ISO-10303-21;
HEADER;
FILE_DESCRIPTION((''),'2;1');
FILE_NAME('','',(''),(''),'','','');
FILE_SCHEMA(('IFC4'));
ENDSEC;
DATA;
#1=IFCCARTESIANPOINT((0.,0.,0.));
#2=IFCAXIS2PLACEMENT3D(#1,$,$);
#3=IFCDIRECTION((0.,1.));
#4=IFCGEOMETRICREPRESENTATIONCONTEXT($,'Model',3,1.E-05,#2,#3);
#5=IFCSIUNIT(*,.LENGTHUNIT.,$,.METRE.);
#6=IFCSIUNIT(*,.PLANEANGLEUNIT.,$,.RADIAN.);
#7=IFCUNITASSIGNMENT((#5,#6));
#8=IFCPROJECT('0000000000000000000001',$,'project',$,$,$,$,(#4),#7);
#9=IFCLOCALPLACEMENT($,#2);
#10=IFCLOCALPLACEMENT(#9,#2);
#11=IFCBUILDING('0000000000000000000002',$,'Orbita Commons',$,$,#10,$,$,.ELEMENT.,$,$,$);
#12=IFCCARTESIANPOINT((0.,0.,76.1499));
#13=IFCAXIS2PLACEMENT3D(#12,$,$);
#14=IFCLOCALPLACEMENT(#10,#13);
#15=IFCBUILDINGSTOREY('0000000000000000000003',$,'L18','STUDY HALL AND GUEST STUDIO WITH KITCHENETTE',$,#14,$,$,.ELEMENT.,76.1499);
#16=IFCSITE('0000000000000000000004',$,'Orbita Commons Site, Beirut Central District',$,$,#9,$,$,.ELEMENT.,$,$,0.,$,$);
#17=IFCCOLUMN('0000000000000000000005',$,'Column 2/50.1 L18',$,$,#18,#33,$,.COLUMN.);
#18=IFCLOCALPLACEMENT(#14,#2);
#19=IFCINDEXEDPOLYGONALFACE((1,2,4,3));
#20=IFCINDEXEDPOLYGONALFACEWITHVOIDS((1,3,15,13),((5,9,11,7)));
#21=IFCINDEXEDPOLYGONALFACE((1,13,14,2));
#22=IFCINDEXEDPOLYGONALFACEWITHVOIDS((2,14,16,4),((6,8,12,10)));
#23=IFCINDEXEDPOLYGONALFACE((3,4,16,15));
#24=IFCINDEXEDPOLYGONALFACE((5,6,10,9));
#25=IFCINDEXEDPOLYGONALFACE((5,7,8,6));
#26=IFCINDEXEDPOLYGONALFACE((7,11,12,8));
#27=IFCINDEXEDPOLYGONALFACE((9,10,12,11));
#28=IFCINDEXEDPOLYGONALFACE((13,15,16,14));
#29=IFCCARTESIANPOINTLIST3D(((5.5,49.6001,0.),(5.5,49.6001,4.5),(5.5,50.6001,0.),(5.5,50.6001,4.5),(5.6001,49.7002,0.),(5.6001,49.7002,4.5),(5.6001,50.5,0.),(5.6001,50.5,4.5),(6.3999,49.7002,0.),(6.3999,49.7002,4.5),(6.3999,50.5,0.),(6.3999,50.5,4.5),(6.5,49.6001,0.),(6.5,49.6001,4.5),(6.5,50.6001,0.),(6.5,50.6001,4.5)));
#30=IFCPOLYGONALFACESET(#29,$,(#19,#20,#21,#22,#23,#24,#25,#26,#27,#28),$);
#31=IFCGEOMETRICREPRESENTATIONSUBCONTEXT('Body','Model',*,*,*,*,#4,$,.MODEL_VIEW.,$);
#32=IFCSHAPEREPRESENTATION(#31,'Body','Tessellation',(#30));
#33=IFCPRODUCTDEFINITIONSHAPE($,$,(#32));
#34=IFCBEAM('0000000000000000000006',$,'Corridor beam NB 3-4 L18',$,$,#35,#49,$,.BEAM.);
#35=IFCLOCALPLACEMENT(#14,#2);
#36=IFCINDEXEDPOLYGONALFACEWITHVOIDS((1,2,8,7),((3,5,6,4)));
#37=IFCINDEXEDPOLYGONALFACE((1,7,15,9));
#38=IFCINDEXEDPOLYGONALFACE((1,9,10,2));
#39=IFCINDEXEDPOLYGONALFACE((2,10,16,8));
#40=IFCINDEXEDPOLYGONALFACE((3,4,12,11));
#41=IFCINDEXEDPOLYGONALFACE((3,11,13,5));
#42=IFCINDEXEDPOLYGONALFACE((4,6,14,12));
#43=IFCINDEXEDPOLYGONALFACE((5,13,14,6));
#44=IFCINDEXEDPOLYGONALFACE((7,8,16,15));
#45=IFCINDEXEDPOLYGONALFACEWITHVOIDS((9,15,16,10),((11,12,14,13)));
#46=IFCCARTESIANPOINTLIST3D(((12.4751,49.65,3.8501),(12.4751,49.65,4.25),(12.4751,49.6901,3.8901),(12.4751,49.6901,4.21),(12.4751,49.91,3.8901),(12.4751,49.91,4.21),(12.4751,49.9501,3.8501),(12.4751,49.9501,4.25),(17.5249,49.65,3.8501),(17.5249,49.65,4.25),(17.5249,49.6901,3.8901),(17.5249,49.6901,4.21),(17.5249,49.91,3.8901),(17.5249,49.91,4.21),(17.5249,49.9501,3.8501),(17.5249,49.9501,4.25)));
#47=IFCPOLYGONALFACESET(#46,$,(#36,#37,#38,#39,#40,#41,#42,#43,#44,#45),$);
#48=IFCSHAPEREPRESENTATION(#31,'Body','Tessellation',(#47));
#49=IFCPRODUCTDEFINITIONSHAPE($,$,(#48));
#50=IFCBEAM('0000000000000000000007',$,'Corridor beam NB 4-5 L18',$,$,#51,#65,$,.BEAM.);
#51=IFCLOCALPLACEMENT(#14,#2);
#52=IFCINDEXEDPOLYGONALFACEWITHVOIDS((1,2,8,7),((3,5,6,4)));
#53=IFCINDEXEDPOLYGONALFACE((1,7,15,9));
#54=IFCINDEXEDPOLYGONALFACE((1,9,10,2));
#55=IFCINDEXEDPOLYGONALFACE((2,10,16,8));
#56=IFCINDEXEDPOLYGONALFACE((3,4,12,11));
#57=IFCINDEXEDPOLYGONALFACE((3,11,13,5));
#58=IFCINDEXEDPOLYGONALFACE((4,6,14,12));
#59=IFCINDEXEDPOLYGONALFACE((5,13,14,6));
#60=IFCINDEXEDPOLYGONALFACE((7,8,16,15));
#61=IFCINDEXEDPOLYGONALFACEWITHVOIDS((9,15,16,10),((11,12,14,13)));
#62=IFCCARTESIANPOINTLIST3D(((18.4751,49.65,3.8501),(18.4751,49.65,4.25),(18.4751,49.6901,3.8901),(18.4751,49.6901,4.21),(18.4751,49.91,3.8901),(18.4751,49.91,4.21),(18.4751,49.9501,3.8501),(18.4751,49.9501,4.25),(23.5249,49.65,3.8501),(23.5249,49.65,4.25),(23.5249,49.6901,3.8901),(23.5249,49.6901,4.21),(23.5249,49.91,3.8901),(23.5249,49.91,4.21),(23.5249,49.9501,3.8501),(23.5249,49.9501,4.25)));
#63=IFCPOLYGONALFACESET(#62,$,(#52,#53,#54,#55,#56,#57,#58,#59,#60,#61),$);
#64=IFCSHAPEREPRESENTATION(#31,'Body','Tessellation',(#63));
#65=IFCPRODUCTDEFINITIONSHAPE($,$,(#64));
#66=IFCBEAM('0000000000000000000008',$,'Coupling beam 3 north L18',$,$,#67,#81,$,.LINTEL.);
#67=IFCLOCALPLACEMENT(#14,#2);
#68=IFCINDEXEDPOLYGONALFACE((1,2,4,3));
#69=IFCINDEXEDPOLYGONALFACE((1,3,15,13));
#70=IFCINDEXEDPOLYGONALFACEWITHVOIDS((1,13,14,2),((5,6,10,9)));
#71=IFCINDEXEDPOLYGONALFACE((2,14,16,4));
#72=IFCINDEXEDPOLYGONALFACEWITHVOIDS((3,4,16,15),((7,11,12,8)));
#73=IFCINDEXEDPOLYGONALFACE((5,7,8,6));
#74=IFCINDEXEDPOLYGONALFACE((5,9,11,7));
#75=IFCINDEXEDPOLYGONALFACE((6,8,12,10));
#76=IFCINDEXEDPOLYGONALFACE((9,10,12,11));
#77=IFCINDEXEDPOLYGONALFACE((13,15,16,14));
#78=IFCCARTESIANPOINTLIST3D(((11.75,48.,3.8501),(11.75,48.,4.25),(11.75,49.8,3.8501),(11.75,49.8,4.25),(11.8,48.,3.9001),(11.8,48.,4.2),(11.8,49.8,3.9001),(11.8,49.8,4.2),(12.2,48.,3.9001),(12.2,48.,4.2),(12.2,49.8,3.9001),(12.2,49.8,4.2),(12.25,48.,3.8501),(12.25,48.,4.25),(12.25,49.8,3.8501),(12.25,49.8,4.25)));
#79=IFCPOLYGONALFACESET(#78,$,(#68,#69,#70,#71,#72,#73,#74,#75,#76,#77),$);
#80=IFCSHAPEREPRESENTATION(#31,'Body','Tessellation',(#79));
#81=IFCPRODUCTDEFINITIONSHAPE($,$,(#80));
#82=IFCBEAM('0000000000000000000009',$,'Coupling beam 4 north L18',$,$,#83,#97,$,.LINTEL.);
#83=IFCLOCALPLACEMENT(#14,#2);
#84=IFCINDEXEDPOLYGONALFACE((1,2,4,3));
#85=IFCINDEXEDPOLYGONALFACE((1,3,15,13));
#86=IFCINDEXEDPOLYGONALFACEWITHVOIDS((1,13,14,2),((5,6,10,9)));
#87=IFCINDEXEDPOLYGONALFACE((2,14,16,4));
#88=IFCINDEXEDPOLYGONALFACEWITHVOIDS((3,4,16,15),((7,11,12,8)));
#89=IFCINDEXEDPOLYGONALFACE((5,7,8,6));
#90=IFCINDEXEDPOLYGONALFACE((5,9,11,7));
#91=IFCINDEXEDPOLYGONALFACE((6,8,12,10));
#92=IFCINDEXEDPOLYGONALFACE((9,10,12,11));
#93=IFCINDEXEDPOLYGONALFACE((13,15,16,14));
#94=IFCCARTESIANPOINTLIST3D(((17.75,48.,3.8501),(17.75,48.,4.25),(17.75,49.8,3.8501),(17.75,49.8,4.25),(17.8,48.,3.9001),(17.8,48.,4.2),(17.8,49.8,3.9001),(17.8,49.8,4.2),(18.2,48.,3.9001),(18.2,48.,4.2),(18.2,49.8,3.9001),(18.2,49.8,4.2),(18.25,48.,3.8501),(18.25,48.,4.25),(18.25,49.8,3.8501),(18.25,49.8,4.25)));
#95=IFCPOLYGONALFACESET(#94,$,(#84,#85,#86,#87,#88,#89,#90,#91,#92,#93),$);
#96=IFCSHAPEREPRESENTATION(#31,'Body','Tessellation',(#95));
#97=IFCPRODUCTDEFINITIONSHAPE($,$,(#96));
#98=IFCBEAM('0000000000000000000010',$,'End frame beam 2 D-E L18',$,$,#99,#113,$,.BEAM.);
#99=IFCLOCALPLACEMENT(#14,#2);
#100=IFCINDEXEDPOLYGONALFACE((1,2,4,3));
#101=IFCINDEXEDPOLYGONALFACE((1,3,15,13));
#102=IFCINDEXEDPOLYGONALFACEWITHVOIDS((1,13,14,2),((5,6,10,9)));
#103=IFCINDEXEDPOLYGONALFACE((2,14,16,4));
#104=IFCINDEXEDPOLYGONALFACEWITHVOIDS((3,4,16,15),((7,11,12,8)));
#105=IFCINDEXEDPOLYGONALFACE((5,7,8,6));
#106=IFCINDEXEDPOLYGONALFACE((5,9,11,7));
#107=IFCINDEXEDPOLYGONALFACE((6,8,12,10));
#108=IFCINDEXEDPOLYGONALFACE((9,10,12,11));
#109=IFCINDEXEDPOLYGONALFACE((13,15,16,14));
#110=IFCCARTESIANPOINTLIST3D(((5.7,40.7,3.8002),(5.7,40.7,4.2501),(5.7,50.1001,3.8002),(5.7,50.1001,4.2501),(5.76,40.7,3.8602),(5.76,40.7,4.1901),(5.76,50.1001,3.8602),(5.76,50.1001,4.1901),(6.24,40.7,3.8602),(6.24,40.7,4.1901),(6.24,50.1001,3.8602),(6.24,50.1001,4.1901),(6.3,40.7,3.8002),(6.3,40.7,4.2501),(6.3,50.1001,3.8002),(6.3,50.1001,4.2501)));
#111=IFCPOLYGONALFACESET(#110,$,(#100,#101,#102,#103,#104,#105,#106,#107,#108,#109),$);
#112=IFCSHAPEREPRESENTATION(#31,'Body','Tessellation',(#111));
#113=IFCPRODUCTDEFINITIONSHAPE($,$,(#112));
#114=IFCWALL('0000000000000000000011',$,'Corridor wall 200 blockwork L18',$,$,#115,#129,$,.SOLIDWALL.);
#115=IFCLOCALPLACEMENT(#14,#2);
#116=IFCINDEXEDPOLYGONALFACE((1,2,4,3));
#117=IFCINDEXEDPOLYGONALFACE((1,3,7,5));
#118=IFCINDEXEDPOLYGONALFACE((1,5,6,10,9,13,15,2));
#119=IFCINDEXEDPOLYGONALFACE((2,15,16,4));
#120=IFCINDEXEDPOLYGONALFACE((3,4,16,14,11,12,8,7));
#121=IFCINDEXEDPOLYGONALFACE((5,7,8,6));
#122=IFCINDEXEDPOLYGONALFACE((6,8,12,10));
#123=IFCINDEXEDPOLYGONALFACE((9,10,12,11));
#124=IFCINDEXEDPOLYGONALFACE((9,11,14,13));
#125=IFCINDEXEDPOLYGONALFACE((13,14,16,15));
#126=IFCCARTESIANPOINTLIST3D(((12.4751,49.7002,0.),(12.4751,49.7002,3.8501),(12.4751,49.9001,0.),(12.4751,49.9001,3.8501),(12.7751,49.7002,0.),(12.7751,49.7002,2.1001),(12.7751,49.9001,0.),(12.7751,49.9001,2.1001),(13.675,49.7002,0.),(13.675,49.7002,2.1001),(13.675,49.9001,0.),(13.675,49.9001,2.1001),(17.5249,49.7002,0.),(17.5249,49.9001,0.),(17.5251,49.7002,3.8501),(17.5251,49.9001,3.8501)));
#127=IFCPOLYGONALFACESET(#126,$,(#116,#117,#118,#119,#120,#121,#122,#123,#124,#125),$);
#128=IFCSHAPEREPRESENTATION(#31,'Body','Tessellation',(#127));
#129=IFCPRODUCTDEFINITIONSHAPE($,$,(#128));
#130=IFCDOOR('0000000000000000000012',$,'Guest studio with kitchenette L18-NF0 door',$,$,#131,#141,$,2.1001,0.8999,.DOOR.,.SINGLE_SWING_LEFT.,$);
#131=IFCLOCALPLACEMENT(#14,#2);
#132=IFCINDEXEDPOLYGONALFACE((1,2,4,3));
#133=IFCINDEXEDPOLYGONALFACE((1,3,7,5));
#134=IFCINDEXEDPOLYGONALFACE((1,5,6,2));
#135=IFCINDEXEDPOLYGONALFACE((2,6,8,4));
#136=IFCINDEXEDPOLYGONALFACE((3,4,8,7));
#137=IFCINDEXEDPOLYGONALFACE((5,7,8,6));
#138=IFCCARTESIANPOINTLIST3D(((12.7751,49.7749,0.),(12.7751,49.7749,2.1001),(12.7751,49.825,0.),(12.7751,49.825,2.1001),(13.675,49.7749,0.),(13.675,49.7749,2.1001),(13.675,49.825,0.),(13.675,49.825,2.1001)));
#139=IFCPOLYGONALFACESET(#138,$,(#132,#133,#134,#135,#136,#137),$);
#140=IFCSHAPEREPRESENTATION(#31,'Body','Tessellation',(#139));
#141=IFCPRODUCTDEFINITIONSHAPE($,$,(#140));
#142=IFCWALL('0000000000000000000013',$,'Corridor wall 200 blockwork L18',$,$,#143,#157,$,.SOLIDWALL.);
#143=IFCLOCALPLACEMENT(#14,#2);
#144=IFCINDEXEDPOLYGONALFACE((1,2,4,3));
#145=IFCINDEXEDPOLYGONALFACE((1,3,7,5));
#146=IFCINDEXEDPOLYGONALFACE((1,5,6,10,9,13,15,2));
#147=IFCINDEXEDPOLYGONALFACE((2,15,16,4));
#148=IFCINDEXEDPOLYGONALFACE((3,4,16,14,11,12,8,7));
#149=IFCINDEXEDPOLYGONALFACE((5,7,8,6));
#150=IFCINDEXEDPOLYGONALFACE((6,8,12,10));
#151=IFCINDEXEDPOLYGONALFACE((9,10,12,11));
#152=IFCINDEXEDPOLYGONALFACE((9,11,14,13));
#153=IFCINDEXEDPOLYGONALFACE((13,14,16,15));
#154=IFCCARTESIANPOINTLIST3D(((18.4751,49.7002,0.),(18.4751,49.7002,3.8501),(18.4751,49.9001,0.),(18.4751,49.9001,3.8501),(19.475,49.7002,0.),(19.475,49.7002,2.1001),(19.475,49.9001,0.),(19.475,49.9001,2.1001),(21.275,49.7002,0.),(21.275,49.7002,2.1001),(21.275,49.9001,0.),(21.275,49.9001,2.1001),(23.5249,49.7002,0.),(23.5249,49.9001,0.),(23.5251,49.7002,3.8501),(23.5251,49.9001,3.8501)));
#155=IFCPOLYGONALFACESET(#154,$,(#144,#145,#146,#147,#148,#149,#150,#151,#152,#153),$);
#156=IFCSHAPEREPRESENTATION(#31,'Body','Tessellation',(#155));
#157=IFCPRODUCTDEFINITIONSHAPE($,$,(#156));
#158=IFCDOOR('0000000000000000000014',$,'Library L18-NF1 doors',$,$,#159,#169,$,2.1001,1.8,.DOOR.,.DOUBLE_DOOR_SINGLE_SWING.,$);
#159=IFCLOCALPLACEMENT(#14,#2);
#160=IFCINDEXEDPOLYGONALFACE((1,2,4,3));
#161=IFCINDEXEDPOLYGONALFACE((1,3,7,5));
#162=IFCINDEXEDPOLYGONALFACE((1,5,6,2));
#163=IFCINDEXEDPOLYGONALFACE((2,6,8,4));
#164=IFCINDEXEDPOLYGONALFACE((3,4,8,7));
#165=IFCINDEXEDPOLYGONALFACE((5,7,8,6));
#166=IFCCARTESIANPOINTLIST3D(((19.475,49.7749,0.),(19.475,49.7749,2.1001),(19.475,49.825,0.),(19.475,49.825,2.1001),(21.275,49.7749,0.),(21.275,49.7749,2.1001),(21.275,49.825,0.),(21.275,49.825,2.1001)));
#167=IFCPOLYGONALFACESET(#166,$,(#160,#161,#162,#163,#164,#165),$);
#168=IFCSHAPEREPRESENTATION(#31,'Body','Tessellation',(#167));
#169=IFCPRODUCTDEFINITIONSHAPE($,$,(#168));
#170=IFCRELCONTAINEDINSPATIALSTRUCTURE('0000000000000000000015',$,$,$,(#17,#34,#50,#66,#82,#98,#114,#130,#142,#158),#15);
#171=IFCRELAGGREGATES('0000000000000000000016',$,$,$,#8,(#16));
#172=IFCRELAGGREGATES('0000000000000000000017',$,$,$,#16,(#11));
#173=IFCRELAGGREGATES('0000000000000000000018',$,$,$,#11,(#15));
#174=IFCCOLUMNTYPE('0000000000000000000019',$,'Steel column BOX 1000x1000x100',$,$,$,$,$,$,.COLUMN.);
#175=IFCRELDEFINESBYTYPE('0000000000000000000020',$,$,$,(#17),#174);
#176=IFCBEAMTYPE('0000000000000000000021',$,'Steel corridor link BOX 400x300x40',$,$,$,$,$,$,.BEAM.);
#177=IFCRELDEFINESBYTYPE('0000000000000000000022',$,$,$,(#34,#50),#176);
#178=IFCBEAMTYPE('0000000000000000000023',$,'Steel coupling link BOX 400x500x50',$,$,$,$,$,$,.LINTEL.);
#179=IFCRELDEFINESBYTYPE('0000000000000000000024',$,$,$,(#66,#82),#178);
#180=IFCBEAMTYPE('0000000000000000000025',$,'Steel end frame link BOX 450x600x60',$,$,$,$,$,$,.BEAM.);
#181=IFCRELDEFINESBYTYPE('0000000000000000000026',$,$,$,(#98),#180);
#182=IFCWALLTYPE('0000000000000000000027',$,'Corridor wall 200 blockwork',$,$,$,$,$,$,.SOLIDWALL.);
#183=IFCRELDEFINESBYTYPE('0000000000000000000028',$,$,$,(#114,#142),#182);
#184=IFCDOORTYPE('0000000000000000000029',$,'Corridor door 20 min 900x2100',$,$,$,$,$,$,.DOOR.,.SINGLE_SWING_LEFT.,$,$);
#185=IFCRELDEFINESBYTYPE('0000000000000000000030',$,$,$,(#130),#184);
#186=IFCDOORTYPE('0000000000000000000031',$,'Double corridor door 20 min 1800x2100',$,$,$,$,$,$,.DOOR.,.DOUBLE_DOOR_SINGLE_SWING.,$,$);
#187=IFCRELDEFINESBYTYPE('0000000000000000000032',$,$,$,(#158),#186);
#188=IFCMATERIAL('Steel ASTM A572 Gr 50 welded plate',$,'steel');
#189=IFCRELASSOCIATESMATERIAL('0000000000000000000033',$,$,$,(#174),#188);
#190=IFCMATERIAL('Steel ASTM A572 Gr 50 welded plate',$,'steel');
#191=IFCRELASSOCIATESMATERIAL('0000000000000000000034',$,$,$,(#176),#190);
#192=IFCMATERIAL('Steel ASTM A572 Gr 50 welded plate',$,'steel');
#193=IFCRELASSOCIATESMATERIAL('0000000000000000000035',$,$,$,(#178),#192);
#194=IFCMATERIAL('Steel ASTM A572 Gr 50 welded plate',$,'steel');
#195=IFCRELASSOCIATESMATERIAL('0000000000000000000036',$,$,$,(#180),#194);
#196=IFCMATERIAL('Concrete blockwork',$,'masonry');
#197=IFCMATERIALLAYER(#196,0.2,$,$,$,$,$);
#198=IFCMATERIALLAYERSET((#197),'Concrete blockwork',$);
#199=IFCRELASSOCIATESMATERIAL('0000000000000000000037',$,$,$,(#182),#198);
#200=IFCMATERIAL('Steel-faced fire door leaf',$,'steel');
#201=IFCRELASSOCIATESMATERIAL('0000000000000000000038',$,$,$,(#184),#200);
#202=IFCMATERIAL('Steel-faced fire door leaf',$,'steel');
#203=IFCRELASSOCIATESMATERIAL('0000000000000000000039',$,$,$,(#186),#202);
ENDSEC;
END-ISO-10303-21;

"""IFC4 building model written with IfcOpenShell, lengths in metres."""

from ifc_helpers import new_model, si_unit, direction, frame, frame_2d, origin, origin_2d, place, context, subcontext, project, spatial, polyline, rectangle, hollow_rectangle, outline, extrude, material, layer, layer_set, material_profile, profile_set, type_object, element, fill, save


model = new_model("IFC4")

# Units and contexts
model_context = context("Model", 3, precision=1e-05, world=origin(), true_north=direction((0.0, 1.0)))
body_context = subcontext(model_context, "Body", "Model", "MODEL_VIEW")
ifc_project = project(units=[si_unit("LENGTHUNIT", "METRE"), si_unit("PLANEANGLEUNIT", "RADIAN")], contexts=[model_context])

# Site, building, storey
site_placement = place(None, origin())
site = spatial("IfcSite", under=ifc_project, at=site_placement, Name="Orbita Commons Site, Beirut Central District", CompositionType="ELEMENT", RefElevation=0.0)
building_placement = place(site_placement, origin())
building = spatial("IfcBuilding", under=site, at=building_placement, Name="Orbita Commons", CompositionType="ELEMENT")
storey_placement = place(building_placement, frame((0.0, 0.0, 76.1499)))
storey = spatial("IfcBuildingStorey", under=building, at=storey_placement, Name="L18", Description="STUDY HALL AND GUEST STUDIO WITH KITCHENETTE", CompositionType="ELEMENT", Elevation=76.1499)

# Column
ifc_material_1 = material(Name="Steel ASTM A572 Gr 50 welded plate", Category="steel")
ifc_material_profile_1 = material_profile(ifc_material_1, hollow_rectangle(XDim=1.0, YDim=1.0, WallThickness=0.1001, at=origin_2d()), Name="BOX 1000x1000x100")
ifc_profile_set_1 = profile_set([ifc_material_profile_1], Name="Steel ASTM A572 Gr 50 welded plate")
column_type = type_object("IfcColumnType", Name="Steel column BOX 1000x1000x100", PredefinedType="COLUMN", material=ifc_profile_set_1)
column_placement = place(storey_placement, frame((6.0, 50.1001, 0.0), z_axis=(0.0, 0.0, 1.0), x_axis=(1.0, 0.0, 0.0)))
element("IfcColumn", 1, at=column_placement, inside=storey, type_object=column_type, Name="Column 2/50.1 L18", PredefinedType="COLUMN", context=body_context, shape_type="SweptSolid", body=[
    extrude(hollow_rectangle(XDim=1.0, YDim=1.0, WallThickness=0.1001, at=origin_2d()), origin(), (0.0, 0.0, 1.0), 4.5),
])

# Beams
ifc_material_2 = material(Name="Steel ASTM A572 Gr 50 welded plate", Category="steel")
ifc_material_profile_2 = material_profile(ifc_material_2, hollow_rectangle(XDim=0.3, YDim=0.3999, WallThickness=0.04, at=origin_2d()), Name="BOX 400x300x40")
ifc_profile_set_2 = profile_set([ifc_material_profile_2], Name="Steel ASTM A572 Gr 50 welded plate")
beam_type_1 = type_object("IfcBeamType", Name="Steel corridor link BOX 400x300x40", PredefinedType="BEAM", material=ifc_profile_set_2)
for number, where, z_axis, x_axis, name in (
    (2, (12.4751, 49.8, 4.05), (1.0, 0.0, 0.0), (0.0, 1.0, 0.0), "Corridor beam NB 3-4 L18"),
    (3, (18.4751, 49.8, 4.05), (1.0, 0.0, 0.0), (0.0, 1.0, 0.0), "Corridor beam NB 4-5 L18"),
):
    element("IfcBeam", number, at=place(storey_placement, frame(where, z_axis=z_axis, x_axis=x_axis)), inside=storey, type_object=beam_type_1, Name=name, PredefinedType="BEAM", context=body_context, shape_type="SweptSolid", body=[
        extrude(hollow_rectangle(XDim=0.3, YDim=0.3999, WallThickness=0.04, at=origin_2d()), origin(), (0.0, 0.0, 1.0), 5.0498),
    ])
ifc_material_3 = material(Name="Steel ASTM A572 Gr 50 welded plate", Category="steel")
ifc_material_profile_3 = material_profile(ifc_material_3, hollow_rectangle(XDim=0.5, YDim=0.3999, WallThickness=0.05, at=origin_2d()), Name="BOX 400x500x50")
ifc_profile_set_3 = profile_set([ifc_material_profile_3], Name="Steel ASTM A572 Gr 50 welded plate")
beam_type_2 = type_object("IfcBeamType", Name="Steel coupling link BOX 400x500x50", PredefinedType="LINTEL", material=ifc_profile_set_3)
for number, where, z_axis, x_axis, name in (
    (4, (12.0, 48.0, 4.05), (0.0, 1.0, 0.0), (-1.0, 0.0, 0.0), "Coupling beam 3 north L18"),
    (5, (18.0, 48.0, 4.05), (0.0, 1.0, 0.0), (-1.0, 0.0, 0.0), "Coupling beam 4 north L18"),
):
    element("IfcBeam", number, at=place(storey_placement, frame(where, z_axis=z_axis, x_axis=x_axis)), inside=storey, type_object=beam_type_2, Name=name, PredefinedType="LINTEL", context=body_context, shape_type="SweptSolid", body=[
        extrude(hollow_rectangle(XDim=0.5, YDim=0.3999, WallThickness=0.05, at=origin_2d()), origin(), (0.0, 0.0, 1.0), 1.8),
    ])
ifc_material_4 = material(Name="Steel ASTM A572 Gr 50 welded plate", Category="steel")
ifc_material_profile_4 = material_profile(ifc_material_4, hollow_rectangle(XDim=0.6001, YDim=0.45, WallThickness=0.0601, at=origin_2d()), Name="BOX 450x600x60")
ifc_profile_set_4 = profile_set([ifc_material_profile_4], Name="Steel ASTM A572 Gr 50 welded plate")
beam_type_3 = type_object("IfcBeamType", Name="Steel end frame link BOX 450x600x60", PredefinedType="BEAM", material=ifc_profile_set_4)
beam_placement = place(storey_placement, frame((6.0, 40.7, 4.0251), z_axis=(0.0, 1.0, 0.0), x_axis=(-1.0, 0.0, 0.0)))
element("IfcBeam", 6, at=beam_placement, inside=storey, type_object=beam_type_3, Name="End frame beam 2 D-E L18", PredefinedType="BEAM", context=body_context, shape_type="SweptSolid", body=[
    extrude(hollow_rectangle(XDim=0.6001, YDim=0.45, WallThickness=0.0601, at=origin_2d()), origin(), (0.0, 0.0, 1.0), 9.4001),
])

# Walls, openings, doors
ifc_material_5 = material(Name="Concrete blockwork", Category="masonry")
ifc_layer_1 = layer(ifc_material_5, 0.2)
ifc_layer_set_1 = layer_set([ifc_layer_1], Name="Concrete blockwork")
wall_type_1 = type_object("IfcWallType", Name="Corridor wall 200 blockwork", PredefinedType="SOLIDWALL", material=ifc_layer_set_1)
wall_1_placement = place(storey_placement, frame((12.4751, 49.8, 0.0), z_axis=(0.0, 0.0, 1.0), x_axis=(1.0, 0.0, 0.0)))
wall_1 = element("IfcWall", 7, at=wall_1_placement, inside=storey, type_object=wall_type_1, Name="Corridor wall 200 blockwork L18", PredefinedType="SOLIDWALL", context=body_context, shape_type="SweptSolid", body=[
    extrude(outline(polyline([(0.0, 0.0), (5.0498, 0.0), (5.05, 3.8501), (0.0, 3.8501), (0.0, 0.0)])), frame((0.0, 0.1001, 0.0), z_axis=(0.0, -1.0, 0.0), x_axis=(1.0, 0.0, 0.0)), (0.0, 0.0, 1.0), 0.2),
])
opening_1_placement = place(wall_1_placement, frame((0.3, 0.0, 0.0)))
opening_1 = element("IfcOpeningElement", 8, at=opening_1_placement, cuts=wall_1, PredefinedType="OPENING", context=body_context, shape_type="SweptSolid", body=[
    extrude(rectangle(XDim=0.8999, YDim=2.1001, at=frame_2d((0.45, 1.05))), frame((0.0, 0.1099, 0.0), z_axis=(0.0, -1.0, 0.0), x_axis=(1.0, 0.0, 0.0)), (0.0, 0.0, 1.0), 0.22),
])
ifc_material_6 = material(Name="Steel-faced fire door leaf", Category="steel")
door_type_1 = type_object("IfcDoorType", Name="Corridor door 20 min 900x2100", OperationType="SINGLE_SWING_LEFT", PredefinedType="DOOR", material=ifc_material_6)
door_1_placement = place(opening_1_placement, origin())
door_1 = element("IfcDoor", 9, at=door_1_placement, inside=storey, type_object=door_type_1, Name="Guest studio with kitchenette L18-NF0 door", OperationType="SINGLE_SWING_LEFT", OverallHeight=2.1001, OverallWidth=0.8999, PredefinedType="DOOR", context=body_context, shape_type="SweptSolid", body=[
    extrude(rectangle(XDim=0.8999, YDim=2.1001, at=frame_2d((0.45, 1.05))), frame((0.0, 0.0249, 0.0), z_axis=(0.0, -1.0, 0.0), x_axis=(1.0, 0.0, 0.0)), (0.0, 0.0, 1.0), 0.05),
])
fill(opening_1, door_1)
wall_2_placement = place(storey_placement, frame((18.4751, 49.8, 0.0), z_axis=(0.0, 0.0, 1.0), x_axis=(1.0, 0.0, 0.0)))
wall_2 = element("IfcWall", 10, at=wall_2_placement, inside=storey, type_object=wall_type_1, Name="Corridor wall 200 blockwork L18", PredefinedType="SOLIDWALL", context=body_context, shape_type="SweptSolid", body=[
    extrude(outline(polyline([(0.0, 0.0), (5.0498, 0.0), (5.05, 3.8501), (0.0, 3.8501), (0.0, 0.0)])), frame((0.0, 0.1001, 0.0), z_axis=(0.0, -1.0, 0.0), x_axis=(1.0, 0.0, 0.0)), (0.0, 0.0, 1.0), 0.2),
])
opening_2_placement = place(wall_2_placement, frame((1.0, 0.0, 0.0)))
opening_2 = element("IfcOpeningElement", 11, at=opening_2_placement, cuts=wall_2, PredefinedType="OPENING", context=body_context, shape_type="SweptSolid", body=[
    extrude(rectangle(XDim=1.8, YDim=2.1001, at=frame_2d((0.8999, 1.05))), frame((0.0, 0.1099, 0.0), z_axis=(0.0, -1.0, 0.0), x_axis=(1.0, 0.0, 0.0)), (0.0, 0.0, 1.0), 0.22),
])
ifc_material_7 = material(Name="Steel-faced fire door leaf", Category="steel")
door_type_2 = type_object("IfcDoorType", Name="Double corridor door 20 min 1800x2100", OperationType="DOUBLE_DOOR_SINGLE_SWING", PredefinedType="DOOR", material=ifc_material_7)
door_2_placement = place(opening_2_placement, origin())
door_2 = element("IfcDoor", 12, at=door_2_placement, inside=storey, type_object=door_type_2, Name="Library L18-NF1 doors", OperationType="DOUBLE_DOOR_SINGLE_SWING", OverallHeight=2.1001, OverallWidth=1.8, PredefinedType="DOOR", context=body_context, shape_type="SweptSolid", body=[
    extrude(rectangle(XDim=1.8, YDim=2.1001, at=frame_2d((0.8999, 1.05))), frame((0.0, 0.0249, 0.0), z_axis=(0.0, -1.0, 0.0), x_axis=(1.0, 0.0, 0.0)), (0.0, 0.0, 1.0), 0.05),
])
fill(opening_2, door_2)

save(model, "model.ifc")
